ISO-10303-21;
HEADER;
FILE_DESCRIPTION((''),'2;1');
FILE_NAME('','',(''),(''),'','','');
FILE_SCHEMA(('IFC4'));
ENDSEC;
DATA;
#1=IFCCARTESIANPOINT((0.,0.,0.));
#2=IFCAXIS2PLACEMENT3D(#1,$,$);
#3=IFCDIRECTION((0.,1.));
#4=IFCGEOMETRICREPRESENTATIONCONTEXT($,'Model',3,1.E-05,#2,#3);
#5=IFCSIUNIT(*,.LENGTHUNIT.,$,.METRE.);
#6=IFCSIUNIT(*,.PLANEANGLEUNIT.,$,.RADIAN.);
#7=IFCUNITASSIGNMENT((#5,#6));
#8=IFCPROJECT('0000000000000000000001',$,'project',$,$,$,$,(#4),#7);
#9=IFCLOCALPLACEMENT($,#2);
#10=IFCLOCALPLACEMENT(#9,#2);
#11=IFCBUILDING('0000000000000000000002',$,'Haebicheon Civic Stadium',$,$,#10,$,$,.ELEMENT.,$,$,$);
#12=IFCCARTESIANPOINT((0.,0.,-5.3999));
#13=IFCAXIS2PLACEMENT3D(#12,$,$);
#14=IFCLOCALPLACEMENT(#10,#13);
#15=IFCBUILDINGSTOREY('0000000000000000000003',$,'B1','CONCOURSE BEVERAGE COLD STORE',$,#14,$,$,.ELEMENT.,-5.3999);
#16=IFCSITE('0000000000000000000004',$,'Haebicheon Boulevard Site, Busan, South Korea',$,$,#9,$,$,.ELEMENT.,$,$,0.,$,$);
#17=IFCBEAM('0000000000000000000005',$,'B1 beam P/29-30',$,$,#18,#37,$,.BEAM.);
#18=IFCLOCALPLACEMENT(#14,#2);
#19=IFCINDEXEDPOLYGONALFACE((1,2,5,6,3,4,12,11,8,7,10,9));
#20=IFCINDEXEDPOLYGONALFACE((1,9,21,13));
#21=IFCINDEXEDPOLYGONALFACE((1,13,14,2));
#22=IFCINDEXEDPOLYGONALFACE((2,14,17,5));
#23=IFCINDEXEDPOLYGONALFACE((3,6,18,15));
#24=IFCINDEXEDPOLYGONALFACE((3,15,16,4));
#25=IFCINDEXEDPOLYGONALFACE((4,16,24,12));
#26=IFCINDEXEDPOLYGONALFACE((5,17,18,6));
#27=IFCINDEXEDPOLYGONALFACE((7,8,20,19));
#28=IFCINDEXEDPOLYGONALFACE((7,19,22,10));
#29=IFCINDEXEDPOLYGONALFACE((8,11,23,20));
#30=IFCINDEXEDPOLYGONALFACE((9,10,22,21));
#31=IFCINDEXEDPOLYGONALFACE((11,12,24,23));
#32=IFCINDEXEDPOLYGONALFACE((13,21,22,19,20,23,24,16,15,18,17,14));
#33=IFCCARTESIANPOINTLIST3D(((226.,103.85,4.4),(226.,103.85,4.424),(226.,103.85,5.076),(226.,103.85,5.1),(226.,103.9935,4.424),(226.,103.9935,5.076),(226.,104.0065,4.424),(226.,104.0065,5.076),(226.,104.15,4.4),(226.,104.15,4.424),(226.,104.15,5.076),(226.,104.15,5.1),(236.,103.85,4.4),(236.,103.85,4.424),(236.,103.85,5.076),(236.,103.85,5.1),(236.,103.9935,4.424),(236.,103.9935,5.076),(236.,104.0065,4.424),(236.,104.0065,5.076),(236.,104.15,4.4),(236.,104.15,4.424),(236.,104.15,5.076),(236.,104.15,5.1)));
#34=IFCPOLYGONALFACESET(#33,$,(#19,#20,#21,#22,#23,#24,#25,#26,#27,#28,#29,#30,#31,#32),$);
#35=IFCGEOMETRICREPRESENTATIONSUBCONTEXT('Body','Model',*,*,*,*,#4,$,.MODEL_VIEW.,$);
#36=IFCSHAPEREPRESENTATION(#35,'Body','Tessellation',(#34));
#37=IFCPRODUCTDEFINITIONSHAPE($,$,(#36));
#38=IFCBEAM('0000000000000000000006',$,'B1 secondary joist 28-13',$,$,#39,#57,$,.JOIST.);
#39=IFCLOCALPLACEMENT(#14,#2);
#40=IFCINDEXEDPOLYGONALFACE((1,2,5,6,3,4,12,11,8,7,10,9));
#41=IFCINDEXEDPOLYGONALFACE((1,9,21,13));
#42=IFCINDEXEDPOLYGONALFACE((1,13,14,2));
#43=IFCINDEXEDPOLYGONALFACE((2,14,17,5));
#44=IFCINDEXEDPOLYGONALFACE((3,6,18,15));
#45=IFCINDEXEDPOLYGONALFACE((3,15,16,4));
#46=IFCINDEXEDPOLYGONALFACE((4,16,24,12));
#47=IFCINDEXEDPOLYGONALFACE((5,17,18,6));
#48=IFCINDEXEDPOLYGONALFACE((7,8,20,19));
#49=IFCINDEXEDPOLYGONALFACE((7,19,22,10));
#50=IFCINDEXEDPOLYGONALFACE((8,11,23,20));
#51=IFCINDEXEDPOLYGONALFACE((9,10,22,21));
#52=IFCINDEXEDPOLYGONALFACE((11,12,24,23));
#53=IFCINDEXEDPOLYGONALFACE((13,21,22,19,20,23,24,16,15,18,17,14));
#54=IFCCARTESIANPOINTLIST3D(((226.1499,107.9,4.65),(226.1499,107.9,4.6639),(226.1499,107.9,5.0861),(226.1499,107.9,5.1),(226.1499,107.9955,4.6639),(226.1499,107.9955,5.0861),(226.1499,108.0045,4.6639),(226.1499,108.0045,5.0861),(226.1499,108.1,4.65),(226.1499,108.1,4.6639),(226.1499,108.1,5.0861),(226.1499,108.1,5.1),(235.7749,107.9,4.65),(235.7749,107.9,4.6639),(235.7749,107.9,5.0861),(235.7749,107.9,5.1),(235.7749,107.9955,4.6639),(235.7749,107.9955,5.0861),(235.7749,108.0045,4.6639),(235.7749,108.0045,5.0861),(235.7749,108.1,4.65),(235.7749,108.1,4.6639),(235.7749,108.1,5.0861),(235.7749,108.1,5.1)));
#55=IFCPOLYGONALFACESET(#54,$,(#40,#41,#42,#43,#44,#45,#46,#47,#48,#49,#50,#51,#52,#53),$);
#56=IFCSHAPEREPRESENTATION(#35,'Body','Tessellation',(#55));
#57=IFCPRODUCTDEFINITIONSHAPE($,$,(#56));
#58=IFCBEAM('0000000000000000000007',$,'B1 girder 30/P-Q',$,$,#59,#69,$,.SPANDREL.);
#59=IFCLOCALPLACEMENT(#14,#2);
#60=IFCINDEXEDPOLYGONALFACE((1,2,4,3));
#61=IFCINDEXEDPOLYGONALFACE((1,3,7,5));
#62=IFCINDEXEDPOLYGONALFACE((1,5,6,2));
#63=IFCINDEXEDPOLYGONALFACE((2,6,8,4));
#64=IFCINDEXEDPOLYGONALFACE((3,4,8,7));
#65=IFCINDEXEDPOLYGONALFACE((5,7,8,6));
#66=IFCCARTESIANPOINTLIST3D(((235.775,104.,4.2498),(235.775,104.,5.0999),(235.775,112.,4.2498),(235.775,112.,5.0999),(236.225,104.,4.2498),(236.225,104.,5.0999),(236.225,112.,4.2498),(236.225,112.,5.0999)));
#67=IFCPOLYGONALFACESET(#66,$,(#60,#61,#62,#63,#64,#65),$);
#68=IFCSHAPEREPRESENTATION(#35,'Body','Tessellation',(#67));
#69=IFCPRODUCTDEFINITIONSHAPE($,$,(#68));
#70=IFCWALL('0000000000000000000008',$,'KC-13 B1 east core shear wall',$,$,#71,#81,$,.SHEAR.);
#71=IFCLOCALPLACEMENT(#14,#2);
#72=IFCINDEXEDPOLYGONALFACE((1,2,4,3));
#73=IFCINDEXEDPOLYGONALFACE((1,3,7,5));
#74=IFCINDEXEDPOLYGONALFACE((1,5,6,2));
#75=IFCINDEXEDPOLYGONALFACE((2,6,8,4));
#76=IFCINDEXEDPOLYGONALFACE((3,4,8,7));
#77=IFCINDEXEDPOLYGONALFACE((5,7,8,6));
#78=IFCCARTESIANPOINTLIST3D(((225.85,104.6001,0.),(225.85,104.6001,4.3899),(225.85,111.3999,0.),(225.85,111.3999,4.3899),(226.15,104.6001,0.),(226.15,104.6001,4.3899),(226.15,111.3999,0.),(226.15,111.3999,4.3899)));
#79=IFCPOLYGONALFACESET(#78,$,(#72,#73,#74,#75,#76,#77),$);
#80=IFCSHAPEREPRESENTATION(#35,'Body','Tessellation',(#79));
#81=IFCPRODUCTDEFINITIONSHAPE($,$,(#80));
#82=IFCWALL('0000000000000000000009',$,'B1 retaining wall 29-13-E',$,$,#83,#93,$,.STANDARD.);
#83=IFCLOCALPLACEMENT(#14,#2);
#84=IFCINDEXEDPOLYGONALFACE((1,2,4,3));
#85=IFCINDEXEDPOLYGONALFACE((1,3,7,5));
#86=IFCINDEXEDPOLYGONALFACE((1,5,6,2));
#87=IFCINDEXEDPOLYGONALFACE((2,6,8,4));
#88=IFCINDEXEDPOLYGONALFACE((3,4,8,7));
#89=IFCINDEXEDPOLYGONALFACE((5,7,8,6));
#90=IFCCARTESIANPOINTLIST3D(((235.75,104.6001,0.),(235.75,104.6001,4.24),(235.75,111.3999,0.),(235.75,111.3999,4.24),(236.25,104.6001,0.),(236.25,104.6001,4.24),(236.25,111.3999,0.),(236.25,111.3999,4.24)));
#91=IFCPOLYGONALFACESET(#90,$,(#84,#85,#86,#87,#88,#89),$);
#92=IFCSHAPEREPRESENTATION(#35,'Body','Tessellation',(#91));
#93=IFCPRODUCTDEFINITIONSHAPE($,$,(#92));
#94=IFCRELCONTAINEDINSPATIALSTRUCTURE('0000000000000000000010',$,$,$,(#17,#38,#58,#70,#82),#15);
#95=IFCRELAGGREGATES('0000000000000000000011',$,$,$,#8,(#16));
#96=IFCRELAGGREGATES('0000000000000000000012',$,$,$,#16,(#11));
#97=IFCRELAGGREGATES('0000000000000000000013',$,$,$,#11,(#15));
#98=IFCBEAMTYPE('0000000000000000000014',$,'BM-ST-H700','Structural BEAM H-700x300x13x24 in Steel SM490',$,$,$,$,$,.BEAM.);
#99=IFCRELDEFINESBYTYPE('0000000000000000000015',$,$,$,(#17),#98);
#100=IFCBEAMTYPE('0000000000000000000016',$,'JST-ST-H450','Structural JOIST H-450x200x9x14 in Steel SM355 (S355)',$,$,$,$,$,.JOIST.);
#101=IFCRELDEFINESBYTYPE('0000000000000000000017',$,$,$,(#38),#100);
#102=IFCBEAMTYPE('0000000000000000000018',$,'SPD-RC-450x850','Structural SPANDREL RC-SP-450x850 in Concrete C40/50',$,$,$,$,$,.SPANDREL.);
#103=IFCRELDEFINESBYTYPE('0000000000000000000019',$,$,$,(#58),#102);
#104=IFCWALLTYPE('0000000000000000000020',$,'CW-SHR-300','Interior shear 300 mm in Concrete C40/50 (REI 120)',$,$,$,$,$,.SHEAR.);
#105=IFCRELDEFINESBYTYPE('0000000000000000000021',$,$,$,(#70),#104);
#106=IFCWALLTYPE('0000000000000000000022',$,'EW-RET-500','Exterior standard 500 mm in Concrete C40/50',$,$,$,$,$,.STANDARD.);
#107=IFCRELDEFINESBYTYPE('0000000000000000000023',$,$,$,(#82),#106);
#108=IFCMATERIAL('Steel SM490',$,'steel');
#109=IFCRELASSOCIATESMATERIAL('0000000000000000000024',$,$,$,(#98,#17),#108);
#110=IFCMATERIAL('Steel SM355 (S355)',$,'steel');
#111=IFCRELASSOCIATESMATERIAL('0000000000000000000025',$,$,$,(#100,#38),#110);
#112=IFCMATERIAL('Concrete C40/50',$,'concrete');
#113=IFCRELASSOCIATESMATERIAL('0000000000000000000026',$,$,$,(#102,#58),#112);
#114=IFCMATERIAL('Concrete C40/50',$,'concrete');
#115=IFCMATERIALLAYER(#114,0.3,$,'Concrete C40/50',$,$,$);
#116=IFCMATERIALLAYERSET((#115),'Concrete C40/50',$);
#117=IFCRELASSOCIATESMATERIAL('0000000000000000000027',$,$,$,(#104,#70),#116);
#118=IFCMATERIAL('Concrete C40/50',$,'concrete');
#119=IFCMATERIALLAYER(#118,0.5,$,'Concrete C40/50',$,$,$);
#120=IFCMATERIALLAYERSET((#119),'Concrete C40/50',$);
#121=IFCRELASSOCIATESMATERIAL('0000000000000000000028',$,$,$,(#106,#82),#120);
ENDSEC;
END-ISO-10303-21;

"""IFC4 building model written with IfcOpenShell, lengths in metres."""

from ifc_helpers import new_model, si_unit, direction, frame, frame_2d, origin, origin_2d, place, context, subcontext, project, spatial, rectangle, i_section, extrude, material, layer, layer_set, material_profile, profile_set, type_object, element, save


model = new_model("IFC4")

# Units and contexts
model_context = context("Model", 3, precision=1e-05, world=origin(), true_north=direction((0.0, 1.0)))
body_context = subcontext(model_context, "Body", "Model", "MODEL_VIEW")
ifc_project = project(units=[si_unit("LENGTHUNIT", "METRE"), si_unit("PLANEANGLEUNIT", "RADIAN")], contexts=[model_context])

# Site, building, storey
site_placement = place(None, origin())
site = spatial("IfcSite", under=ifc_project, at=site_placement, Name="Haebicheon Boulevard Site, Busan, South Korea", CompositionType="ELEMENT", RefElevation=0.0)
building_placement = place(site_placement, origin())
building = spatial("IfcBuilding", under=site, at=building_placement, Name="Haebicheon Civic Stadium", CompositionType="ELEMENT")
storey_placement = place(building_placement, frame((0.0, 0.0, -5.3999)))
storey = spatial("IfcBuildingStorey", under=building, at=storey_placement, Name="B1", Description="CONCOURSE BEVERAGE COLD STORE", CompositionType="ELEMENT", Elevation=-5.3999)

# Beams
ifc_material_1 = material(Name="Steel SM490", Category="steel")
ifc_material_profile_1 = material_profile(ifc_material_1, i_section(OverallWidth=0.3, OverallDepth=0.7, WebThickness=0.0129, FlangeThickness=0.0239, at=origin_2d()), Name="H-700x300x13x24")
ifc_profile_set_1 = profile_set([ifc_material_profile_1], Name="Steel SM490")
beam_type_1 = type_object("IfcBeamType", Name="BM-ST-H700", Description="Structural BEAM H-700x300x13x24 in Steel SM490", PredefinedType="BEAM", material=ifc_profile_set_1)
beam_1_placement = place(storey_placement, frame((226.0, 104.0, 4.75), z_axis=(1.0, 0.0, 0.0), x_axis=(0.0, 1.0, 0.0)))
element("IfcBeam", 1, at=beam_1_placement, inside=storey, type_object=beam_type_1, material=ifc_profile_set_1, Name="B1 beam P/29-30", PredefinedType="BEAM", context=body_context, shape_type="SweptSolid", body=[
    extrude(i_section(OverallWidth=0.3, OverallDepth=0.7, WebThickness=0.0129, FlangeThickness=0.0239, at=origin_2d()), origin(), (0.0, 0.0, 1.0), 10.0),
])
ifc_material_2 = material(Name="Steel SM355 (S355)", Category="steel")
ifc_material_profile_2 = material_profile(ifc_material_2, i_section(OverallWidth=0.2, OverallDepth=0.45, WebThickness=0.009, FlangeThickness=0.0139, at=origin_2d()), Name="H-450x200x9x14")
ifc_profile_set_2 = profile_set([ifc_material_profile_2], Name="Steel SM355 (S355)")
beam_type_2 = type_object("IfcBeamType", Name="JST-ST-H450", Description="Structural JOIST H-450x200x9x14 in Steel SM355 (S355)", PredefinedType="JOIST", material=ifc_profile_set_2)
beam_2_placement = place(storey_placement, frame((226.1499, 108.0, 4.875), z_axis=(1.0, 0.0, 0.0), x_axis=(0.0, 1.0, 0.0)))
element("IfcBeam", 2, at=beam_2_placement, inside=storey, type_object=beam_type_2, material=ifc_profile_set_2, Name="B1 secondary joist 28-13", PredefinedType="JOIST", context=body_context, shape_type="SweptSolid", body=[
    extrude(i_section(OverallWidth=0.2, OverallDepth=0.45, WebThickness=0.009, FlangeThickness=0.0139, at=origin_2d()), origin(), (0.0, 0.0, 1.0), 9.625),
])
ifc_material_3 = material(Name="Concrete C40/50", Category="concrete")
ifc_material_profile_3 = material_profile(ifc_material_3, rectangle(XDim=0.45, YDim=0.8501, at=origin_2d()), Name="RC-SP-450x850")
ifc_profile_set_3 = profile_set([ifc_material_profile_3], Name="Concrete C40/50")
beam_type_3 = type_object("IfcBeamType", Name="SPD-RC-450x850", Description="Structural SPANDREL RC-SP-450x850 in Concrete C40/50", PredefinedType="SPANDREL", material=ifc_profile_set_3)
beam_3_placement = place(storey_placement, frame((236.0, 104.0, 4.6748), z_axis=(0.0, 1.0, 0.0), x_axis=(-1.0, 0.0, 0.0)))
element("IfcBeam", 3, at=beam_3_placement, inside=storey, type_object=beam_type_3, material=ifc_profile_set_3, Name="B1 girder 30/P-Q", PredefinedType="SPANDREL", context=body_context, shape_type="SweptSolid", body=[
    extrude(rectangle(XDim=0.45, YDim=0.8501, at=origin_2d()), origin(), (0.0, 0.0, 1.0), 8.0),
])

# Walls
ifc_material_4 = material(Name="Concrete C40/50", Category="concrete")
ifc_layer_1 = layer(ifc_material_4, 0.3, Name="Concrete C40/50")
ifc_layer_set_1 = layer_set([ifc_layer_1], Name="Concrete C40/50")
wall_type_1 = type_object("IfcWallType", Name="CW-SHR-300", Description="Interior shear 300 mm in Concrete C40/50 (REI 120)", PredefinedType="SHEAR", material=ifc_layer_set_1)
wall_1_placement = place(storey_placement, frame((226.0, 104.6001, 0.0), z_axis=(0.0, 0.0, 1.0), x_axis=(0.0, 1.0, 0.0)))
element("IfcWall", 4, at=wall_1_placement, inside=storey, type_object=wall_type_1, material=ifc_layer_set_1, Name="KC-13 B1 east core shear wall", PredefinedType="SHEAR", context=body_context, shape_type="SweptSolid", body=[
    extrude(rectangle(XDim=6.7998, YDim=0.3, at=frame_2d((3.3999, 0.0))), origin(), (0.0, 0.0, 1.0), 4.3899),
])
ifc_material_5 = material(Name="Concrete C40/50", Category="concrete")
ifc_layer_2 = layer(ifc_material_5, 0.5, Name="Concrete C40/50")
ifc_layer_set_2 = layer_set([ifc_layer_2], Name="Concrete C40/50")
wall_type_2 = type_object("IfcWallType", Name="EW-RET-500", Description="Exterior standard 500 mm in Concrete C40/50", PredefinedType="STANDARD", material=ifc_layer_set_2)
wall_2_placement = place(storey_placement, frame((236.0, 104.6001, 0.0), z_axis=(0.0, 0.0, 1.0), x_axis=(0.0, 1.0, 0.0)))
element("IfcWall", 5, at=wall_2_placement, inside=storey, type_object=wall_type_2, material=ifc_layer_set_2, Name="B1 retaining wall 29-13-E", PredefinedType="STANDARD", context=body_context, shape_type="SweptSolid", body=[
    extrude(rectangle(XDim=6.7998, YDim=0.5, at=frame_2d((3.3999, 0.0))), origin(), (0.0, 0.0, 1.0), 4.24),
])

save(model, "model.ifc")
